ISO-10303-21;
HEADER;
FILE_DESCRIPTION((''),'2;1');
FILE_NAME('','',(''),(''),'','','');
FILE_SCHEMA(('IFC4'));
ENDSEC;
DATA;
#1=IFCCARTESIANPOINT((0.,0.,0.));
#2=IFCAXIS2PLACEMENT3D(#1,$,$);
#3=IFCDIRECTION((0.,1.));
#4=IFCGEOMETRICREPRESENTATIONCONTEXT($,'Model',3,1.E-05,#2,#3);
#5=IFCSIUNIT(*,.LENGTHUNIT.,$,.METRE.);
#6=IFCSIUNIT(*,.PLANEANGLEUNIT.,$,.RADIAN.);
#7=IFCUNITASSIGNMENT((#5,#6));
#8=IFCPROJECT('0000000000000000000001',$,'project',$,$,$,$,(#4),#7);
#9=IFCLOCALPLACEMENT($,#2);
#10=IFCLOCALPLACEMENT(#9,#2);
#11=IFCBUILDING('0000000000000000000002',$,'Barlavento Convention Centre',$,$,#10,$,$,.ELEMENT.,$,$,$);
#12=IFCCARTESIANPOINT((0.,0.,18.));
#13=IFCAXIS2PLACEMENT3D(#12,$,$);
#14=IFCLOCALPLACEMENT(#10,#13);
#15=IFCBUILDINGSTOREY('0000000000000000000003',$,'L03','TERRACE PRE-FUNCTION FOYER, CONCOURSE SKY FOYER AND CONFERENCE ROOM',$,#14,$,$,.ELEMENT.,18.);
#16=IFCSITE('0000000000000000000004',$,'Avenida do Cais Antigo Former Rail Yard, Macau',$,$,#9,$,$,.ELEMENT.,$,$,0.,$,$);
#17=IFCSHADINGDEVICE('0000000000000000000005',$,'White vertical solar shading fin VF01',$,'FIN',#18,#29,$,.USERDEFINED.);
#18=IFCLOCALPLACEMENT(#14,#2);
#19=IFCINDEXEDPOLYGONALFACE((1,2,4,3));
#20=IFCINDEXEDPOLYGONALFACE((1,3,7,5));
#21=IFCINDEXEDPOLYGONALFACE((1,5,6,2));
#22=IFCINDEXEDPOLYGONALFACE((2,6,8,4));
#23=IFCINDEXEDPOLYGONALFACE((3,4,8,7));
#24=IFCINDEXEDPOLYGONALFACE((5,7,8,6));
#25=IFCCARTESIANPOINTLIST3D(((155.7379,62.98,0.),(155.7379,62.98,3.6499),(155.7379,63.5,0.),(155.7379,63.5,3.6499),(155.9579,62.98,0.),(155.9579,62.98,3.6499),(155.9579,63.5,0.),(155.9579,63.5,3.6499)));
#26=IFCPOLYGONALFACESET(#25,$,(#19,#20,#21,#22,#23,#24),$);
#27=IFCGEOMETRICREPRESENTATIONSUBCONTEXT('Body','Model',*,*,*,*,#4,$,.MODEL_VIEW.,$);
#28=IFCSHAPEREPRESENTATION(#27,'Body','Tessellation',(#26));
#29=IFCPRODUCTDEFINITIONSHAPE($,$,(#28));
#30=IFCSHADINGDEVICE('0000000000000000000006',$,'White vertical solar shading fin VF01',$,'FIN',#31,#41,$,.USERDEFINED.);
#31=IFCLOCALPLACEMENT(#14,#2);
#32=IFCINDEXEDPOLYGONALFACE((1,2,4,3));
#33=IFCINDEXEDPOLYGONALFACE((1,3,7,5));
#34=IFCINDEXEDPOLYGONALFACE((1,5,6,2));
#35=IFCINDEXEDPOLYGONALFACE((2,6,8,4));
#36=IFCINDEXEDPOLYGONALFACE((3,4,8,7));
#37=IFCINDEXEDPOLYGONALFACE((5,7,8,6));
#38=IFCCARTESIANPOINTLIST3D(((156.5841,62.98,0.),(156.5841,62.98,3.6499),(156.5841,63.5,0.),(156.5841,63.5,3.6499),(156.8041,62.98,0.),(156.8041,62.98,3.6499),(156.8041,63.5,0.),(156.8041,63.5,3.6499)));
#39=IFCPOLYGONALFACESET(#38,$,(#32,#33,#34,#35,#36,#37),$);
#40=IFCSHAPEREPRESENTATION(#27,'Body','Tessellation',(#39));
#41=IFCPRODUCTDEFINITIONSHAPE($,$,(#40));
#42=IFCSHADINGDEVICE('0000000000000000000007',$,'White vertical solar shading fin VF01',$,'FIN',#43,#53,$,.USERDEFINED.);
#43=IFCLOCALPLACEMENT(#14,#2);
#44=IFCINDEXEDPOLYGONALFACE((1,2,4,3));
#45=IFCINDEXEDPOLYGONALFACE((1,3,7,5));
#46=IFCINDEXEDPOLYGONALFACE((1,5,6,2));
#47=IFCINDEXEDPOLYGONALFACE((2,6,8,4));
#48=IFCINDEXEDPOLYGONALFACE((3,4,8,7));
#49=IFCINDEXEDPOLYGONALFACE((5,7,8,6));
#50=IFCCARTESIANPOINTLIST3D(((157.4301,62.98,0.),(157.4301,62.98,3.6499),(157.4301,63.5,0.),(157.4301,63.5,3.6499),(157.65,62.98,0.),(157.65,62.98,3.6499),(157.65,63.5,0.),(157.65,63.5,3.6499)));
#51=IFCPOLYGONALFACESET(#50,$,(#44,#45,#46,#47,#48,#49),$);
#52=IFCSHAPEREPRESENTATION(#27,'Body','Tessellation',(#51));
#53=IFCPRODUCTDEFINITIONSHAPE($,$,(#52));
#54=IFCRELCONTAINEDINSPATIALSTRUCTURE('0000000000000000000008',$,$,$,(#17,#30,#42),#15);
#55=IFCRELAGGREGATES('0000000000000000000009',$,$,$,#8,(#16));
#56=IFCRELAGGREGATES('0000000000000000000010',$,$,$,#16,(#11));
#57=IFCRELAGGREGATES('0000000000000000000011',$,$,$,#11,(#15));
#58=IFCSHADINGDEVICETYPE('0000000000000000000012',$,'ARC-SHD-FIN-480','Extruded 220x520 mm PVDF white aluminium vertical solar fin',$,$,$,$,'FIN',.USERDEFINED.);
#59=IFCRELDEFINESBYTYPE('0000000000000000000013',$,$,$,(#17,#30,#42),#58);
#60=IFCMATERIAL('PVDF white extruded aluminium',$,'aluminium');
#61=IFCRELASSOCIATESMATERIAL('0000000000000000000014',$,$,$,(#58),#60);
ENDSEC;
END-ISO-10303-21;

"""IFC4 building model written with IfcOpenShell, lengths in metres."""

from ifc_helpers import new_model, si_unit, direction, frame, origin, origin_2d, place, context, subcontext, project, spatial, rectangle, extrude, material, type_object, element, save


model = new_model("IFC4")

# Units and contexts
model_context = context("Model", 3, precision=1e-05, world=origin(), true_north=direction((0.0, 1.0)))
body_context = subcontext(model_context, "Body", "Model", "MODEL_VIEW")
ifc_project = project(units=[si_unit("LENGTHUNIT", "METRE"), si_unit("PLANEANGLEUNIT", "RADIAN")], contexts=[model_context])

# Site, building, storey
site_placement = place(None, origin())
site = spatial("IfcSite", under=ifc_project, at=site_placement, Name="Avenida do Cais Antigo Former Rail Yard, Macau", CompositionType="ELEMENT", RefElevation=0.0)
building_placement = place(site_placement, origin())
building = spatial("IfcBuilding", under=site, at=building_placement, Name="Barlavento Convention Centre", CompositionType="ELEMENT")
storey_placement = place(building_placement, frame((0.0, 0.0, 18.0)))
storey = spatial("IfcBuildingStorey", under=building, at=storey_placement, Name="L03", Description="TERRACE PRE-FUNCTION FOYER, CONCOURSE SKY FOYER AND CONFERENCE ROOM", CompositionType="ELEMENT", Elevation=18.0)

# Shading devices
ifc_material_1 = material(Name="PVDF white extruded aluminium", Category="aluminium")
shading_device_type = type_object("IfcShadingDeviceType", Name="ARC-SHD-FIN-480", Description="Extruded 220x520 mm PVDF white aluminium vertical solar fin", ElementType="FIN", PredefinedType="USERDEFINED", material=ifc_material_1)
for number, where, z_axis, x_axis, name in (
    (1, (155.8479, 63.24, 0.0), (0.0, 0.0, 1.0), (1.0, 0.0, 0.0), "White vertical solar shading fin VF01"),
    (2, (156.6941, 63.24, 0.0), (0.0, 0.0, 1.0), (1.0, 0.0, 0.0), "White vertical solar shading fin VF01"),
    (3, (157.54, 63.24, 0.0), (0.0, 0.0, 1.0), (1.0, 0.0, 0.0), "White vertical solar shading fin VF01"),
):
    element("IfcShadingDevice", number, at=place(storey_placement, frame(where, z_axis=z_axis, x_axis=x_axis)), inside=storey, type_object=shading_device_type, Name=name, ObjectType="FIN", PredefinedType="USERDEFINED", context=body_context, shape_type="SweptSolid", body=[
        extrude(rectangle(XDim=0.22, YDim=0.52, at=origin_2d()), origin(), (0.0, 0.0, 1.0), 3.6499),
    ])

save(model, "model.ifc")
